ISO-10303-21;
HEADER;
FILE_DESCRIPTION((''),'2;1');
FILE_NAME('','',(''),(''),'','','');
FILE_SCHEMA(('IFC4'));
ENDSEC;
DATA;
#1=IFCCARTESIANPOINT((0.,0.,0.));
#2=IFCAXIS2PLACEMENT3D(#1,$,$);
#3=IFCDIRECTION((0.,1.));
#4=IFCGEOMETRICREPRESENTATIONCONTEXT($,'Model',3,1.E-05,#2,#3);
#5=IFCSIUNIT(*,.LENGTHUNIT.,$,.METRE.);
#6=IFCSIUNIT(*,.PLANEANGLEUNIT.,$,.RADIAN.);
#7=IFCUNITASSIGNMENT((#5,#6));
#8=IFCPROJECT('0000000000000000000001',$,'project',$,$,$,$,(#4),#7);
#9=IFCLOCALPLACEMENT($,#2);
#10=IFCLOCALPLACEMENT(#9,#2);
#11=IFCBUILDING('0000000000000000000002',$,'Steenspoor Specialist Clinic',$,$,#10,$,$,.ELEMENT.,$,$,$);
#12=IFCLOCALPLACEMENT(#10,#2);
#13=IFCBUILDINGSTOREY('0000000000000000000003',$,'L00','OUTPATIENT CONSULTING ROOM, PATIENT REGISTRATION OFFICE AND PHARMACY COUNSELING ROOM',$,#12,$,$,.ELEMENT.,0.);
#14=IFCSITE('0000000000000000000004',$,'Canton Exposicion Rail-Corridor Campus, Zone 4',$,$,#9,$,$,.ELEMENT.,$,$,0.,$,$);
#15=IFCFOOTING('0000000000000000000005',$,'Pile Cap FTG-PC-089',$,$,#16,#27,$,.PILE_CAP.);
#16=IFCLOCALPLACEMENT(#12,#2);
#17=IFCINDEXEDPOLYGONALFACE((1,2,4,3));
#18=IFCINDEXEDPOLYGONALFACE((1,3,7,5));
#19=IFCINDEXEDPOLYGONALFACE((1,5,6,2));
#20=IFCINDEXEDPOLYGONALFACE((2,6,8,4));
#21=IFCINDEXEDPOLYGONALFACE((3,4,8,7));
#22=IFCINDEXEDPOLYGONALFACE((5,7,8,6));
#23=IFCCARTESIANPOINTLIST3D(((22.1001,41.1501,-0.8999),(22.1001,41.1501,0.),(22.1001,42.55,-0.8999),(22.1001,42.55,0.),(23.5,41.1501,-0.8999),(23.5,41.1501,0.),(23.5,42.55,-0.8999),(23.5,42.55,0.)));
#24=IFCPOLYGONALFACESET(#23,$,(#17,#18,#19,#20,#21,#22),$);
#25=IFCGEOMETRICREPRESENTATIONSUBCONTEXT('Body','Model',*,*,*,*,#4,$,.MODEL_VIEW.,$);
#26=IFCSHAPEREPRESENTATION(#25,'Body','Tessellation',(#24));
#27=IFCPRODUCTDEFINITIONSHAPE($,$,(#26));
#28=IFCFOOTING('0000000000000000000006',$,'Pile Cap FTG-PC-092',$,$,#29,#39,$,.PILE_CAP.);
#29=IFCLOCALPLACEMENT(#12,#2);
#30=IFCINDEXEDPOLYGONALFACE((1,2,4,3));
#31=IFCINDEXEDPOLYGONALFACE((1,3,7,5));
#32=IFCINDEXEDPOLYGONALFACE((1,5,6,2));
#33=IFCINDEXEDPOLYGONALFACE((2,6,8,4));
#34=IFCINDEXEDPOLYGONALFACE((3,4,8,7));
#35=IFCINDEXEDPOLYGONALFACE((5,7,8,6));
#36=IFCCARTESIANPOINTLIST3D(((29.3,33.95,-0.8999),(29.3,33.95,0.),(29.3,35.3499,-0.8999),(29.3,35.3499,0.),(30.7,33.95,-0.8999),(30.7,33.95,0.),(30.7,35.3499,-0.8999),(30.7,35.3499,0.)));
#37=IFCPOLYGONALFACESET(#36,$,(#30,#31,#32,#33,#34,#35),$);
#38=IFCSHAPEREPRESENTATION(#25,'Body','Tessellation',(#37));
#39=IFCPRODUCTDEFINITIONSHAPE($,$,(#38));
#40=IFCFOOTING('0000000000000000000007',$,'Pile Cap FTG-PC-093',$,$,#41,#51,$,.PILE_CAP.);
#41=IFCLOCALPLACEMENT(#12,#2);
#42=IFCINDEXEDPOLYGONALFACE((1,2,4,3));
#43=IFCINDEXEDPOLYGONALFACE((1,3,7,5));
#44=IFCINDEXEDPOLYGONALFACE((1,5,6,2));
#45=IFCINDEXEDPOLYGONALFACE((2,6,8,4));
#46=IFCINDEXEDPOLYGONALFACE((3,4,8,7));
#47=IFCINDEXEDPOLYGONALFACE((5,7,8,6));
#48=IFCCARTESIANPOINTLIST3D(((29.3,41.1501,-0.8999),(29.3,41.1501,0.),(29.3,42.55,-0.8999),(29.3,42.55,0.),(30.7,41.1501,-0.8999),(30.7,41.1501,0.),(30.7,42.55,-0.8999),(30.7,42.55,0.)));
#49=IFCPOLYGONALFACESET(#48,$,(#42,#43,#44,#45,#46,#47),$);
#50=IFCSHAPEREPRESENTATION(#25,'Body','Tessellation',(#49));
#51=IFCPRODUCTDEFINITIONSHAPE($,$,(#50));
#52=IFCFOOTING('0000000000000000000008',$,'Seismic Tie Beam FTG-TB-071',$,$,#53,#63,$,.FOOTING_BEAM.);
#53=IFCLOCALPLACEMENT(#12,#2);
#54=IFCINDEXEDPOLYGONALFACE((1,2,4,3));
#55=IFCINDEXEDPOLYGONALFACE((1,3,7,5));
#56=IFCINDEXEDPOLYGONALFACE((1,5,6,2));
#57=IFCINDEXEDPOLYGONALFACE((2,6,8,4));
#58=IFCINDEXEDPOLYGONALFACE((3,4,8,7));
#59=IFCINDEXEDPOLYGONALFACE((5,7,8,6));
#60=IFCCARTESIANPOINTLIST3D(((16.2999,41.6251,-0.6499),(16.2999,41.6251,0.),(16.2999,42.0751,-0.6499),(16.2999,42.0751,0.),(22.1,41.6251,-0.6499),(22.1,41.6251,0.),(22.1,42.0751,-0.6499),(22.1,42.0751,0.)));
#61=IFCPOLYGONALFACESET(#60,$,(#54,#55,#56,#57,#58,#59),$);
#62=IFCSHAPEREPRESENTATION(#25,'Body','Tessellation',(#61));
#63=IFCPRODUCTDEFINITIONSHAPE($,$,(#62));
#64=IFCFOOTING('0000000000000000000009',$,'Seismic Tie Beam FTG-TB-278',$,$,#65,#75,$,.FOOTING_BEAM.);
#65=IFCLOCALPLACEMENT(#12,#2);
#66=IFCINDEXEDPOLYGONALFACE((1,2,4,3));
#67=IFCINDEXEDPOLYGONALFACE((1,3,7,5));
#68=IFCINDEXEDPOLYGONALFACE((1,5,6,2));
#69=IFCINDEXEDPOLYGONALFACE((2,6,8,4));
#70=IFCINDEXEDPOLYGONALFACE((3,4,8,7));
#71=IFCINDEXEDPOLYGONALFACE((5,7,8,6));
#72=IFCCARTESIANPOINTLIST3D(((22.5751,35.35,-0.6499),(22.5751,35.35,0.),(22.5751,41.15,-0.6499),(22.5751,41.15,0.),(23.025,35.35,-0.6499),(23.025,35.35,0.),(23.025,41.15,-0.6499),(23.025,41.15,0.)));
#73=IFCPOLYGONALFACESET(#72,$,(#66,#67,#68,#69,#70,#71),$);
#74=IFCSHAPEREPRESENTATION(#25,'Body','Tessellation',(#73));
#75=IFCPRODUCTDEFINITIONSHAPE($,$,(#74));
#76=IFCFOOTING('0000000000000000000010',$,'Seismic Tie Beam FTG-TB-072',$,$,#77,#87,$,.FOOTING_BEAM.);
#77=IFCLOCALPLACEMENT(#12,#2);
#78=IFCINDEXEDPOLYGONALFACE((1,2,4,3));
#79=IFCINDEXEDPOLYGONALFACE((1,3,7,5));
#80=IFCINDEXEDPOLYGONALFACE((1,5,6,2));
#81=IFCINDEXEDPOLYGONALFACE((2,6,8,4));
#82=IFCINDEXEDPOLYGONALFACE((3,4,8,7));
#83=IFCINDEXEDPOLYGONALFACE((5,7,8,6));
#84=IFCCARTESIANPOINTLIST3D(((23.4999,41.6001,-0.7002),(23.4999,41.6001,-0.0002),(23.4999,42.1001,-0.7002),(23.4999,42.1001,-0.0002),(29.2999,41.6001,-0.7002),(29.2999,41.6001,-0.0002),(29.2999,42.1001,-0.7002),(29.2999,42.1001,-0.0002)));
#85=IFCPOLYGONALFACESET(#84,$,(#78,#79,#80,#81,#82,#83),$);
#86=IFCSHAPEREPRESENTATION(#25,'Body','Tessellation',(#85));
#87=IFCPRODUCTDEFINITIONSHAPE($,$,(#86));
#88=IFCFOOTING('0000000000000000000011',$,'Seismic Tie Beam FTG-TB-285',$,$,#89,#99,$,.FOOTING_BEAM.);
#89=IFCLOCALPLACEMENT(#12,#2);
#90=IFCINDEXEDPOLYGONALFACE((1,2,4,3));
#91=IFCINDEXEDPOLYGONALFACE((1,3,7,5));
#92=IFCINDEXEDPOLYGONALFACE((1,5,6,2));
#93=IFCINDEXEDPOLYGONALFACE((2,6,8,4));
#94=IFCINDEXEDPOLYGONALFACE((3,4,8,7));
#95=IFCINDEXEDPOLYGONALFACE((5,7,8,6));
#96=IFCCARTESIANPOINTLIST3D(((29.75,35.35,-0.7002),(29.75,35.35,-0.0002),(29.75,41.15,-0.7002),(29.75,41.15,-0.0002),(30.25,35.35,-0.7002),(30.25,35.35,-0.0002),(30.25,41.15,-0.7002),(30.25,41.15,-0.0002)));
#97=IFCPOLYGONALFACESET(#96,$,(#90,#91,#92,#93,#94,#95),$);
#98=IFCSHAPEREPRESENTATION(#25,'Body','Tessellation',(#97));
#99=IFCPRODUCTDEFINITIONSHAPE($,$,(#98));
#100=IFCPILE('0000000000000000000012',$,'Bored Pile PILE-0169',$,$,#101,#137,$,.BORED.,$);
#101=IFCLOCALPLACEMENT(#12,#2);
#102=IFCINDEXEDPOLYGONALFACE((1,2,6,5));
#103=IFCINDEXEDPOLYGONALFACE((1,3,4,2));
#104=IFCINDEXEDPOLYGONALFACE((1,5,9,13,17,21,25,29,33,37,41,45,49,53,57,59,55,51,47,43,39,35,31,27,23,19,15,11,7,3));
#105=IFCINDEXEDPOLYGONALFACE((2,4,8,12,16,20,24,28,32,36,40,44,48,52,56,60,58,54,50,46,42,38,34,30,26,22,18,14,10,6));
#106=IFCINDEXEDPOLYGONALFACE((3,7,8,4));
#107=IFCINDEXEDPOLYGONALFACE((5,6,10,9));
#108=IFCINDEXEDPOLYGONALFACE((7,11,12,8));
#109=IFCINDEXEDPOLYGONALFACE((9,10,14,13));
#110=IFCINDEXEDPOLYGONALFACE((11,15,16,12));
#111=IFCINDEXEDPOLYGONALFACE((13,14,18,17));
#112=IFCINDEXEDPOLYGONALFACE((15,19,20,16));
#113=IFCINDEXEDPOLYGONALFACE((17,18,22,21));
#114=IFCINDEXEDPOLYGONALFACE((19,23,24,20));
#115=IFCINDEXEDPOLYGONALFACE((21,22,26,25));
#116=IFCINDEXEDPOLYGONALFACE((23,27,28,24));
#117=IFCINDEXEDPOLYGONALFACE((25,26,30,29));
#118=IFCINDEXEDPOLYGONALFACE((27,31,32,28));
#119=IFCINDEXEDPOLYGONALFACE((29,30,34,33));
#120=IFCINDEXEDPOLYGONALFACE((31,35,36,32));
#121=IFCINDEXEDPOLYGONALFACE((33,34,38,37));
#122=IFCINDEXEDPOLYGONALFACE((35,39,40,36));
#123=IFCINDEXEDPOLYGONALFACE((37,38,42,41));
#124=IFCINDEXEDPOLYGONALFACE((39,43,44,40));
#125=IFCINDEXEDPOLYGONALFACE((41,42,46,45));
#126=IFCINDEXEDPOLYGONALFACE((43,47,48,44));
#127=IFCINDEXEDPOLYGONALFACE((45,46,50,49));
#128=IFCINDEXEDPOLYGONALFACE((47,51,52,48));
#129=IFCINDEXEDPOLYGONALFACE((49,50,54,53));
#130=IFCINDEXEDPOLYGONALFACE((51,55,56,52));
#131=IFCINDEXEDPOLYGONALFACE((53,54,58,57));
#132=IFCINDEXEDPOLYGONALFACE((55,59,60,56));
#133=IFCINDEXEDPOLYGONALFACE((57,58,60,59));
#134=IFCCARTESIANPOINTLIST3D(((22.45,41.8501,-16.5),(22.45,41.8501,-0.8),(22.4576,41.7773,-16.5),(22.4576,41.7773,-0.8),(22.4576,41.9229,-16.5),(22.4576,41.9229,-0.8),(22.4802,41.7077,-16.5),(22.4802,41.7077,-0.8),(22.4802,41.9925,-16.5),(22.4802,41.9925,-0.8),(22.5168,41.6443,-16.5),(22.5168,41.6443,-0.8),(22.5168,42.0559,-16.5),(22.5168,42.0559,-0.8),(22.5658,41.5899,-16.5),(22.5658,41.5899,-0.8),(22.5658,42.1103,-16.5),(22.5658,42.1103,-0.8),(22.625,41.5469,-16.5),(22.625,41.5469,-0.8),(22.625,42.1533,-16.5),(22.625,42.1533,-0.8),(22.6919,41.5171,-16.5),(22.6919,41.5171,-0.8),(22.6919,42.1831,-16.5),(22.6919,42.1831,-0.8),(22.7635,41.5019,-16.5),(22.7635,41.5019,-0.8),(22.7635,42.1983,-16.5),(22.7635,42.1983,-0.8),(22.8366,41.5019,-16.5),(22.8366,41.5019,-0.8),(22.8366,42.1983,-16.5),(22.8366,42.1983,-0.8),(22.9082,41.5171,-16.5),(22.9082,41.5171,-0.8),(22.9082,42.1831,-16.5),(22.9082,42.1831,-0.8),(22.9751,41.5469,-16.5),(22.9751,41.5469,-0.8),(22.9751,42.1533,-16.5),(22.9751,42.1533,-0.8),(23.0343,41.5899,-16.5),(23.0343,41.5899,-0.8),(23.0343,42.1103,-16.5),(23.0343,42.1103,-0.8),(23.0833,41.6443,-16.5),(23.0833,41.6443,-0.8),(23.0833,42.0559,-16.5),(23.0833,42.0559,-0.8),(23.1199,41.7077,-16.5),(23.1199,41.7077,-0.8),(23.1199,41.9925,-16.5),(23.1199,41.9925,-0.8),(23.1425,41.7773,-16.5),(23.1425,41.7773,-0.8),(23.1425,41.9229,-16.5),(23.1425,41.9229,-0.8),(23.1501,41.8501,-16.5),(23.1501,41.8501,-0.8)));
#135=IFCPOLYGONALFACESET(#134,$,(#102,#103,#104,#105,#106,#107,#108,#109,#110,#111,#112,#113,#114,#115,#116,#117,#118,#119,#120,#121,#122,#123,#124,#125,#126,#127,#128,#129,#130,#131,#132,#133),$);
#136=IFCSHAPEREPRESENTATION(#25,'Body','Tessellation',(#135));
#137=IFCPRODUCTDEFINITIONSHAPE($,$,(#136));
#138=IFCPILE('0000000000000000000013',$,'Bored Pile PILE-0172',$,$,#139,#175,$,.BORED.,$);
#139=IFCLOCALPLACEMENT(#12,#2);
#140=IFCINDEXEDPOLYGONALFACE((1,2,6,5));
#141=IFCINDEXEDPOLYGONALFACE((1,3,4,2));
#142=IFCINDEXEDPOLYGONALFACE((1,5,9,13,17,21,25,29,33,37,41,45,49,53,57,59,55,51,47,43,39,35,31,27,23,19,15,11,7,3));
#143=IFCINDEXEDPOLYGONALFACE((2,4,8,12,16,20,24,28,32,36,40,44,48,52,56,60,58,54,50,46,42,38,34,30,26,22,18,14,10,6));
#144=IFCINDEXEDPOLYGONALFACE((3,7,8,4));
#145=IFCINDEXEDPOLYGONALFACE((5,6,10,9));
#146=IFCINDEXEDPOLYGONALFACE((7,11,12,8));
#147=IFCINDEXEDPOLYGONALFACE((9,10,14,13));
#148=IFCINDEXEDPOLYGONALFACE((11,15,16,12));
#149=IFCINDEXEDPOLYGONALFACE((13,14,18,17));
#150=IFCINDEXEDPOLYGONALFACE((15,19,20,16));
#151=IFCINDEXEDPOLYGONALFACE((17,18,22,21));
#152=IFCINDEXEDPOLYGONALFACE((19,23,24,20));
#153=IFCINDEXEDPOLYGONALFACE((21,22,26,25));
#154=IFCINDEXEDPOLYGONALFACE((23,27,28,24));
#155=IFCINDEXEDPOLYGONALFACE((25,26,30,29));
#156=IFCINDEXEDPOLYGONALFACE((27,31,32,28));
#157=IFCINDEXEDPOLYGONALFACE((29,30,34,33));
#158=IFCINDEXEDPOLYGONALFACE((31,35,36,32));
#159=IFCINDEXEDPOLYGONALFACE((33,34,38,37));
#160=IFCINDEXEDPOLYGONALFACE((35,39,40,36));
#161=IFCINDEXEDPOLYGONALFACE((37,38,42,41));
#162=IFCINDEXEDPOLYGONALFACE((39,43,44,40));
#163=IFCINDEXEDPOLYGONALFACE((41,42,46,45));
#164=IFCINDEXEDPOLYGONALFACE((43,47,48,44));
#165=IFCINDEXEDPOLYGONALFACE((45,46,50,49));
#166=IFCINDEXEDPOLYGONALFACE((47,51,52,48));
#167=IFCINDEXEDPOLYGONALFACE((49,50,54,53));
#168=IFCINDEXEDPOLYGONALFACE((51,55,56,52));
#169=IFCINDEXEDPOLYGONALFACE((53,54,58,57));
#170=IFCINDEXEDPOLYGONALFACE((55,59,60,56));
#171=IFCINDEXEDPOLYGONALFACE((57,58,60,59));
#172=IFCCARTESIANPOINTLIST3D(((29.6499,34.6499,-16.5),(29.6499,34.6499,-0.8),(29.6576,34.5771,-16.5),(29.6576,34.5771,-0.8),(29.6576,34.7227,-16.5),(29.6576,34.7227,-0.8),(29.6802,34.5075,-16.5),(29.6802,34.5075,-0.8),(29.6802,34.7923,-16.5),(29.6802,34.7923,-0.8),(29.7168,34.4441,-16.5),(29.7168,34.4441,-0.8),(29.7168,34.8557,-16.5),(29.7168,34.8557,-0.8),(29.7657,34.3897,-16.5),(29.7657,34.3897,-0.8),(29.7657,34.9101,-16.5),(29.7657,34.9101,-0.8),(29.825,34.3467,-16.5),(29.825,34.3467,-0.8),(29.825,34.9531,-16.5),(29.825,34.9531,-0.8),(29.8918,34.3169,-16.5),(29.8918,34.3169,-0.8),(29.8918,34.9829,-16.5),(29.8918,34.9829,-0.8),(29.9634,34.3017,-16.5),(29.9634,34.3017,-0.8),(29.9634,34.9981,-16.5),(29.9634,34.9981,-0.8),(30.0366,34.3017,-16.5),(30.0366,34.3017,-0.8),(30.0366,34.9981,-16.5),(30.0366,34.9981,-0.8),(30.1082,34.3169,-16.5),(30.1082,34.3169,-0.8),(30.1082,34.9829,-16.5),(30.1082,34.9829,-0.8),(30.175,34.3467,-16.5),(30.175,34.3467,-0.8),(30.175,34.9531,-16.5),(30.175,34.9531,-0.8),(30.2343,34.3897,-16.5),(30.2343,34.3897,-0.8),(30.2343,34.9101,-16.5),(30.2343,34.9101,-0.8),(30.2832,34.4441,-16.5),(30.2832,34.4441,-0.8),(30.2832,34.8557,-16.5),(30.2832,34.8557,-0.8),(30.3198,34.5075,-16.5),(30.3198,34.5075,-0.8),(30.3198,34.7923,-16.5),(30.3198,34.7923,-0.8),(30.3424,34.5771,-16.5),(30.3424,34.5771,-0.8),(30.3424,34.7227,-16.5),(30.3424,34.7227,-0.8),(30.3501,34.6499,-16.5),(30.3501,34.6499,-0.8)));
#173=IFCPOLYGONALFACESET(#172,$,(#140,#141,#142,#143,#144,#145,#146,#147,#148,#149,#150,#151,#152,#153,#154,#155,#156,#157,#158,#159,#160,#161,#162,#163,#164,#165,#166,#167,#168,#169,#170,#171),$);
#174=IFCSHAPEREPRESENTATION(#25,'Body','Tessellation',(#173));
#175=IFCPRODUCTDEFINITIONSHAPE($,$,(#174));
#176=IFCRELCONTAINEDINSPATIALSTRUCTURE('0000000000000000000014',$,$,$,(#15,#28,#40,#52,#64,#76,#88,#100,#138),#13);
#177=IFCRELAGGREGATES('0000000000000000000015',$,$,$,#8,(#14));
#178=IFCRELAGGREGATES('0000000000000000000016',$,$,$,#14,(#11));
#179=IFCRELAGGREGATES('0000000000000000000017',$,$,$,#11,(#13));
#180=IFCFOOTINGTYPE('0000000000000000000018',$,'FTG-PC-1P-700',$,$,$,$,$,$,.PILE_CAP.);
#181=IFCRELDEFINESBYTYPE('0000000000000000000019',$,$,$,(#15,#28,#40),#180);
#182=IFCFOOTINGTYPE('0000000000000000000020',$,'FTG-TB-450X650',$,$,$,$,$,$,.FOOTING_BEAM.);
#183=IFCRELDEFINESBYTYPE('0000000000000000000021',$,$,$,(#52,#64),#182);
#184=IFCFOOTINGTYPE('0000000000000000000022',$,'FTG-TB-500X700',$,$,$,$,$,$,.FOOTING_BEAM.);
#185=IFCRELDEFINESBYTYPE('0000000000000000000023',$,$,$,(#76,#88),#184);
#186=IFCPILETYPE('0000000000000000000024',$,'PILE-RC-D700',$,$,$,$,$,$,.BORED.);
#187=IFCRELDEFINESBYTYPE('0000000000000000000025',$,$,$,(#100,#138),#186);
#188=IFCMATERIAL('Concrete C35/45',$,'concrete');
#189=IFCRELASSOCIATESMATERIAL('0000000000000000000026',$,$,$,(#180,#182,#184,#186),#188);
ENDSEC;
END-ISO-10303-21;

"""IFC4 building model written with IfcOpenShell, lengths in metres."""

from ifc_helpers import new_model, si_unit, direction, frame, origin, origin_2d, place, context, subcontext, project, spatial, rectangle, circle, extrude, material, material_profile, profile_set, type_object, element, save


model = new_model("IFC4")

# Units and contexts
model_context = context("Model", 3, precision=1e-05, world=origin(), true_north=direction((0.0, 1.0)))
body_context = subcontext(model_context, "Body", "Model", "MODEL_VIEW")
ifc_project = project(units=[si_unit("LENGTHUNIT", "METRE"), si_unit("PLANEANGLEUNIT", "RADIAN")], contexts=[model_context])

# Site, building, storey
site_placement = place(None, origin())
site = spatial("IfcSite", under=ifc_project, at=site_placement, Name="Canton Exposicion Rail-Corridor Campus, Zone 4", CompositionType="ELEMENT", RefElevation=0.0)
building_placement = place(site_placement, origin())
building = spatial("IfcBuilding", under=site, at=building_placement, Name="Steenspoor Specialist Clinic", CompositionType="ELEMENT")
storey_placement = place(building_placement, origin())
storey = spatial("IfcBuildingStorey", under=building, at=storey_placement, Name="L00", Description="OUTPATIENT CONSULTING ROOM, PATIENT REGISTRATION OFFICE AND PHARMACY COUNSELING ROOM", CompositionType="ELEMENT", Elevation=0.0)

# Footings
ifc_material_1 = material(Name="Concrete C35/45", Category="concrete")
footing_type_1 = type_object("IfcFootingType", Name="FTG-PC-1P-700", PredefinedType="PILE_CAP", material=ifc_material_1)
for number, where, z_axis, x_axis, name in (
    (1, (22.8, 41.8501, -0.8999), (0.0, 0.0, 1.0), (1.0, 0.0, 0.0), "Pile Cap FTG-PC-089"),
    (2, (30.0, 34.6499, -0.8999), (0.0, 0.0, 1.0), (1.0, 0.0, 0.0), "Pile Cap FTG-PC-092"),
    (3, (30.0, 41.8501, -0.8999), (0.0, 0.0, 1.0), (1.0, 0.0, 0.0), "Pile Cap FTG-PC-093"),
):
    element("IfcFooting", number, at=place(storey_placement, frame(where, z_axis=z_axis, x_axis=x_axis)), inside=storey, type_object=footing_type_1, Name=name, PredefinedType="PILE_CAP", context=body_context, shape_type="SweptSolid", body=[
        extrude(rectangle(XDim=1.3999, YDim=1.3999, at=origin_2d()), origin(), (0.0, 0.0, 1.0), 0.8999),
    ])
footing_type_2 = type_object("IfcFootingType", Name="FTG-TB-450X650", PredefinedType="FOOTING_BEAM", material=ifc_material_1)
footing_1_placement = place(storey_placement, frame((19.2, 41.8501, -0.6499), z_axis=(0.0, 0.0, 1.0), x_axis=(1.0, 0.0, 0.0)))
element("IfcFooting", 4, at=footing_1_placement, inside=storey, type_object=footing_type_2, Name="Seismic Tie Beam FTG-TB-071", PredefinedType="FOOTING_BEAM", context=body_context, shape_type="SweptSolid", body=[
    extrude(rectangle(XDim=5.8, YDim=0.45, at=origin_2d()), origin(), (0.0, 0.0, 1.0), 0.6499),
])
footing_2_placement = place(storey_placement, frame((22.8, 38.25, -0.6499), z_axis=(0.0, 0.0, 1.0), x_axis=(1.0, 0.0, 0.0)))
element("IfcFooting", 5, at=footing_2_placement, inside=storey, type_object=footing_type_2, Name="Seismic Tie Beam FTG-TB-278", PredefinedType="FOOTING_BEAM", context=body_context, shape_type="SweptSolid", body=[
    extrude(rectangle(XDim=0.45, YDim=5.8, at=origin_2d()), origin(), (0.0, 0.0, 1.0), 0.6499),
])
footing_type_3 = type_object("IfcFootingType", Name="FTG-TB-500X700", PredefinedType="FOOTING_BEAM", material=ifc_material_1)
footing_3_placement = place(storey_placement, frame((26.3999, 41.8501, -0.7002), z_axis=(0.0, 0.0, 1.0), x_axis=(1.0, 0.0, 0.0)))
element("IfcFooting", 6, at=footing_3_placement, inside=storey, type_object=footing_type_3, Name="Seismic Tie Beam FTG-TB-072", PredefinedType="FOOTING_BEAM", context=body_context, shape_type="SweptSolid", body=[
    extrude(rectangle(XDim=5.8, YDim=0.5, at=origin_2d()), origin(), (0.0, 0.0, 1.0), 0.7),
])
footing_4_placement = place(storey_placement, frame((30.0, 38.25, -0.7002), z_axis=(0.0, 0.0, 1.0), x_axis=(1.0, 0.0, 0.0)))
element("IfcFooting", 7, at=footing_4_placement, inside=storey, type_object=footing_type_3, Name="Seismic Tie Beam FTG-TB-285", PredefinedType="FOOTING_BEAM", context=body_context, shape_type="SweptSolid", body=[
    extrude(rectangle(XDim=0.5, YDim=5.8, at=origin_2d()), origin(), (0.0, 0.0, 1.0), 0.7),
])

# Piles
ifc_material_profile_1 = material_profile(ifc_material_1, circle(Radius=0.3501, at=origin_2d()), Name="PILE-D700")
ifc_profile_set_1 = profile_set([ifc_material_profile_1], Name="Concrete C35/45")
pile_type = type_object("IfcPileType", Name="PILE-RC-D700", PredefinedType="BORED", material=ifc_profile_set_1)
for number, where, z_axis, x_axis, name in (
    (8, (22.8, 41.8501, -0.8), (0.0, 0.0, -1.0), (1.0, 0.0, 0.0), "Bored Pile PILE-0169"),
    (9, (30.0, 34.6499, -0.8), (0.0, 0.0, -1.0), (1.0, 0.0, 0.0), "Bored Pile PILE-0172"),
):
    element("IfcPile", number, at=place(storey_placement, frame(where, z_axis=z_axis, x_axis=x_axis)), inside=storey, type_object=pile_type, Name=name, PredefinedType="BORED", context=body_context, shape_type="SweptSolid", body=[
        extrude(circle(Radius=0.3501, at=origin_2d()), origin(), (0.0, 0.0, 1.0), 15.7),
    ])

save(model, "model.ifc")
